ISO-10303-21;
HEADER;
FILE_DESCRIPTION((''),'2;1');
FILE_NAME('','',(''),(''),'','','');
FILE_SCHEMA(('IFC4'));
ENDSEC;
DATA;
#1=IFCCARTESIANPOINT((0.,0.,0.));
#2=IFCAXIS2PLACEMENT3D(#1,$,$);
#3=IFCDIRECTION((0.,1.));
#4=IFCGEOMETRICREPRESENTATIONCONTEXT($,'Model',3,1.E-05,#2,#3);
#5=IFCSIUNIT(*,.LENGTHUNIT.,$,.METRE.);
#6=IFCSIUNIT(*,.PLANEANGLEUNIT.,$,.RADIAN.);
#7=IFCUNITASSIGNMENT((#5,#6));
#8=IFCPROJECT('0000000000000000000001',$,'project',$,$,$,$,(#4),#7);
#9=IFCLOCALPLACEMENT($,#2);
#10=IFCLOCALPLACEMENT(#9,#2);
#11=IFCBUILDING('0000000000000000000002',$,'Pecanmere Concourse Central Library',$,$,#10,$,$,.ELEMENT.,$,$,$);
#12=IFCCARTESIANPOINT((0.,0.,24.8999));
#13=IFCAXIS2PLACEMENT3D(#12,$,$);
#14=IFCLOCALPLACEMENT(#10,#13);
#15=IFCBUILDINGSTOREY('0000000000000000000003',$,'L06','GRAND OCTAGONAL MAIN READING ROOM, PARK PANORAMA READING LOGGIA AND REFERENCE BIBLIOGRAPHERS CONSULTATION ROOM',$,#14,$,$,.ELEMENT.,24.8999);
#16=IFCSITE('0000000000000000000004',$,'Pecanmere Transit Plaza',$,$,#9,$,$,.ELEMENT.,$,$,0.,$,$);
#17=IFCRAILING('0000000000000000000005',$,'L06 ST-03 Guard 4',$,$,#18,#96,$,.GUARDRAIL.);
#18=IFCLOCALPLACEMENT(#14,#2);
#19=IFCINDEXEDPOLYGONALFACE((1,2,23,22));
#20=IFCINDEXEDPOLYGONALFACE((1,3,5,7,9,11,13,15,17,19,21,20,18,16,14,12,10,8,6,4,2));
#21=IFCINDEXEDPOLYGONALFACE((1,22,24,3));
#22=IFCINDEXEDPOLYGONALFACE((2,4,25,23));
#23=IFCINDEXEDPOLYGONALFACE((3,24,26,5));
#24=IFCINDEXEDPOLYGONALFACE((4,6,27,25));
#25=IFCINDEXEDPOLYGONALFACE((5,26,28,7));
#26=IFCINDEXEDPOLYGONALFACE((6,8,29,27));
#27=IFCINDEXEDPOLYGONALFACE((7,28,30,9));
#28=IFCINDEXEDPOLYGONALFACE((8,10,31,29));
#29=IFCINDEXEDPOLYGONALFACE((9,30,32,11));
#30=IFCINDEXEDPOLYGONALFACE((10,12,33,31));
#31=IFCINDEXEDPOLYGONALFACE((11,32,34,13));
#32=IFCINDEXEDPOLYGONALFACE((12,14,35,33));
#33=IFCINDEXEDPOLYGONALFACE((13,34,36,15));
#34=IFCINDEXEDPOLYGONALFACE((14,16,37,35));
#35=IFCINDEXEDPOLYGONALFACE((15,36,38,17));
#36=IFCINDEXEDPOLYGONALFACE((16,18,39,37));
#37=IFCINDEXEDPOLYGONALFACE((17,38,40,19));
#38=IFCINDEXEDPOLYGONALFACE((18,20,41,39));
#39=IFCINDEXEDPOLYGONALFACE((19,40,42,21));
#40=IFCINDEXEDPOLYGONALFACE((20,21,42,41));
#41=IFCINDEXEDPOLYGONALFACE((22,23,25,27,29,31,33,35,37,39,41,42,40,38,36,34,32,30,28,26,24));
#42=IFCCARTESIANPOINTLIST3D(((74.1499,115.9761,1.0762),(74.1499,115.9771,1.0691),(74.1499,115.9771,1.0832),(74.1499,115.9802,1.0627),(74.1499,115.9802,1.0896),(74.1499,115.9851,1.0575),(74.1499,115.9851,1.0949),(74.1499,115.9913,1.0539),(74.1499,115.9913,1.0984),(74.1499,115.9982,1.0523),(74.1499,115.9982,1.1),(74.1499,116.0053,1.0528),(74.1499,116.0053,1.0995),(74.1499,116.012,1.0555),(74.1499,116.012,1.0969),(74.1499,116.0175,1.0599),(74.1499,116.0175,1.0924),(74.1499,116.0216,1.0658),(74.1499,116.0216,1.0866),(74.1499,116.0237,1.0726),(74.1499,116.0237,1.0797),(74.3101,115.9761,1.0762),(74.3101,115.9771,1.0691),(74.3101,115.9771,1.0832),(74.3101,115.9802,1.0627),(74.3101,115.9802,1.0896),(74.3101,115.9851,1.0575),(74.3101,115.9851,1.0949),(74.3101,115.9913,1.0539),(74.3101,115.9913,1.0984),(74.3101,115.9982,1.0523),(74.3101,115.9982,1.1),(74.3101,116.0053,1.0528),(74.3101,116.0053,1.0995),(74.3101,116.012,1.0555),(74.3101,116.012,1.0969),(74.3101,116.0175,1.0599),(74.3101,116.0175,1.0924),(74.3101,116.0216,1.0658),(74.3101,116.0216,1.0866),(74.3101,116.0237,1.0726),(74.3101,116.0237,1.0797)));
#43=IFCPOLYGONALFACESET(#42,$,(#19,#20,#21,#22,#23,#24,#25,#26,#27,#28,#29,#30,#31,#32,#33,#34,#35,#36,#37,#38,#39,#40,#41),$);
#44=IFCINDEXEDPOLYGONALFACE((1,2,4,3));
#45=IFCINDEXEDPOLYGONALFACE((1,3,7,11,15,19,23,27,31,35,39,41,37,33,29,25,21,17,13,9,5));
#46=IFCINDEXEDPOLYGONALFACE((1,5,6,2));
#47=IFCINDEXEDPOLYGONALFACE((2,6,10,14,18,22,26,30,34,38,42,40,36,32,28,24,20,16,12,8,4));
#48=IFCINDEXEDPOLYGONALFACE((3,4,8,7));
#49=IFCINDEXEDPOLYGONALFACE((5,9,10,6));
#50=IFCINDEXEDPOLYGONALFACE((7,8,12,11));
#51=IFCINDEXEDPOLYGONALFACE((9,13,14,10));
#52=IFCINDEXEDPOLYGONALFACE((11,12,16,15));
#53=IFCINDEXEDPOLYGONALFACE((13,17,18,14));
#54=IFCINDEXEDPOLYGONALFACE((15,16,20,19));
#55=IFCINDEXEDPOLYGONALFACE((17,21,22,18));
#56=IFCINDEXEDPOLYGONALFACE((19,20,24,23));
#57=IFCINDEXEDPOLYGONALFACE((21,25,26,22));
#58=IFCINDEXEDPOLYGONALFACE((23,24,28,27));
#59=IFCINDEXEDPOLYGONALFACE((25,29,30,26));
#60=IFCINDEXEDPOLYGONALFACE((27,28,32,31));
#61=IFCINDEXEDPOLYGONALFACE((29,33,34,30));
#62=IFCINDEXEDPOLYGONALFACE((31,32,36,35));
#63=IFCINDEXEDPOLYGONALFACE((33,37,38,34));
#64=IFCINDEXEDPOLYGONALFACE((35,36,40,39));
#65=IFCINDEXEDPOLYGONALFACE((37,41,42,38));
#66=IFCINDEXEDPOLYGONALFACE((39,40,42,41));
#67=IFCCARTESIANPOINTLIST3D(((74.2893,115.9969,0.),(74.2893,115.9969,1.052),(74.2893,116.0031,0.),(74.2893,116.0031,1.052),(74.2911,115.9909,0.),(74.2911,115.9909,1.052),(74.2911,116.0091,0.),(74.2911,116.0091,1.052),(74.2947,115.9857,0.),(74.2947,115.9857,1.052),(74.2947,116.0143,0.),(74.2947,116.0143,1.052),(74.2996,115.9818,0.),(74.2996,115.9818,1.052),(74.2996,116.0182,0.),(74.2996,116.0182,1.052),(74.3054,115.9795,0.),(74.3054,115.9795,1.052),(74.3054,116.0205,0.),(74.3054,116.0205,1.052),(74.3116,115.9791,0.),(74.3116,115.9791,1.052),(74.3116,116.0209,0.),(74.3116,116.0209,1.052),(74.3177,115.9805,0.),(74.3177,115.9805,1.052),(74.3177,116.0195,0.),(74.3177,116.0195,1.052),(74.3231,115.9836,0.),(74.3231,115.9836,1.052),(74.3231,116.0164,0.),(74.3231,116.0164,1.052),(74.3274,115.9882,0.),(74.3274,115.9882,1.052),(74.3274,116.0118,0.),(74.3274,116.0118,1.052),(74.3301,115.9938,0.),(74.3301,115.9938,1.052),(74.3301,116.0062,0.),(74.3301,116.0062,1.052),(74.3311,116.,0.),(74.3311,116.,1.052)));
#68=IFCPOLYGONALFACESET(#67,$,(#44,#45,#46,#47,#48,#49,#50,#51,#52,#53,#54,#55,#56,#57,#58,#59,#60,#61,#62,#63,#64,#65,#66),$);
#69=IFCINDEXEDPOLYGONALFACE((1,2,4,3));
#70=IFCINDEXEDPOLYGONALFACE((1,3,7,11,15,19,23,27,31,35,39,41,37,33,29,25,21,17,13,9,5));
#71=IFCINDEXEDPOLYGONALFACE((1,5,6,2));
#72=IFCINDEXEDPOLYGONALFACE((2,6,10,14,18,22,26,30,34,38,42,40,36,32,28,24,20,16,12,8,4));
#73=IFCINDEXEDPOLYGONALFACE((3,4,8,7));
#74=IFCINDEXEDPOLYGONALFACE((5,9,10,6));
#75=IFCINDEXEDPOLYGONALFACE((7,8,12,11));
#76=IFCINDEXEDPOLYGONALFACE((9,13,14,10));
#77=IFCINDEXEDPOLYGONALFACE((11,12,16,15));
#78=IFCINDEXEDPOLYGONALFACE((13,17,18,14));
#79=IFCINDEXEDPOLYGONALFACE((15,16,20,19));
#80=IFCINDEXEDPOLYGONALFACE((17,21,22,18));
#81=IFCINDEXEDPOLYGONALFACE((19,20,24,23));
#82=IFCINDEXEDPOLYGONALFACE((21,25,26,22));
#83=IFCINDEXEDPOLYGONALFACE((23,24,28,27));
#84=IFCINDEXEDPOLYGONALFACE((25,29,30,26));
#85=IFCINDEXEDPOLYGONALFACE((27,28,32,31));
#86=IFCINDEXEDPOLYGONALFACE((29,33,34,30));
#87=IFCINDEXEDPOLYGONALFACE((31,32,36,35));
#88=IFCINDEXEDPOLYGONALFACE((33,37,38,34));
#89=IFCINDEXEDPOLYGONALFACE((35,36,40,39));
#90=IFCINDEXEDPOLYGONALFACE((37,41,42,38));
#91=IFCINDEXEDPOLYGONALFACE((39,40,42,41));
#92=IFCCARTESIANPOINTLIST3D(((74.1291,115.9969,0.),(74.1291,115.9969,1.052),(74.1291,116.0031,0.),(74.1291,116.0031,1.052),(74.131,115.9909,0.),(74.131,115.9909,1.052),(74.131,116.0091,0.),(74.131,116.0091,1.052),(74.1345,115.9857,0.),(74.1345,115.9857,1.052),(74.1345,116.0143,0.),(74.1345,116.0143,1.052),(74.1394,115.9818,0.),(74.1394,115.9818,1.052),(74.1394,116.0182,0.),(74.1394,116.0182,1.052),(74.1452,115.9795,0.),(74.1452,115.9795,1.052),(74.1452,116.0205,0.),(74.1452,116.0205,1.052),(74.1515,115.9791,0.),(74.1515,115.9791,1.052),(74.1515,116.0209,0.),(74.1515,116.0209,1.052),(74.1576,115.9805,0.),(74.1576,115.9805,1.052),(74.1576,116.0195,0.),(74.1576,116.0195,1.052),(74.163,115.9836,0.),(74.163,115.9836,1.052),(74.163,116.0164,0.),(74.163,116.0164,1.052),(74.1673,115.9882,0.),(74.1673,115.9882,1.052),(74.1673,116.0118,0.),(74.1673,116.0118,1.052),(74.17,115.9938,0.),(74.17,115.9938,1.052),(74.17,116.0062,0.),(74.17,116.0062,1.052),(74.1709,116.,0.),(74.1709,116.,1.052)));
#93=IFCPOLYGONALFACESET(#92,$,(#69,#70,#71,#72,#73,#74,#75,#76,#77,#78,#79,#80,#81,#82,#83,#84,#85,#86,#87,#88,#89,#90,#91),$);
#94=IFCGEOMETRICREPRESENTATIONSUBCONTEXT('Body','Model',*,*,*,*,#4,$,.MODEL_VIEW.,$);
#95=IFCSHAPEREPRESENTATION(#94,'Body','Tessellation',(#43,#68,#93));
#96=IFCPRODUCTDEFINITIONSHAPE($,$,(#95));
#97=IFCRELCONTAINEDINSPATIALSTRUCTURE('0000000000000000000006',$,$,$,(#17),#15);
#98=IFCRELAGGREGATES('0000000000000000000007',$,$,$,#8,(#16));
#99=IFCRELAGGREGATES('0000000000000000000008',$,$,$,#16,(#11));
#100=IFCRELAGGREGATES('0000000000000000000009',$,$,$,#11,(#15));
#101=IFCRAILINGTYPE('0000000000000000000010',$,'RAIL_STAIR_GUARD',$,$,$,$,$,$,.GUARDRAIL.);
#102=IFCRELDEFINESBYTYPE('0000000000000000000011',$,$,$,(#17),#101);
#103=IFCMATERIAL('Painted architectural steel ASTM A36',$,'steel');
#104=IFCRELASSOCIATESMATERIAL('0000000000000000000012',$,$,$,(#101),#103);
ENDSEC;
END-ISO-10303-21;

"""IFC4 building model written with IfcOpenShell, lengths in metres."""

from ifc_helpers import new_model, si_unit, direction, frame, origin, origin_2d, place, context, subcontext, project, spatial, circle, extrude, material, type_object, element, save


model = new_model("IFC4")

# Units and contexts
model_context = context("Model", 3, precision=1e-05, world=origin(), true_north=direction((0.0, 1.0)))
body_context = subcontext(model_context, "Body", "Model", "MODEL_VIEW")
ifc_project = project(units=[si_unit("LENGTHUNIT", "METRE"), si_unit("PLANEANGLEUNIT", "RADIAN")], contexts=[model_context])

# Site, building, storey
site_placement = place(None, origin())
site = spatial("IfcSite", under=ifc_project, at=site_placement, Name="Pecanmere Transit Plaza", CompositionType="ELEMENT", RefElevation=0.0)
building_placement = place(site_placement, origin())
building = spatial("IfcBuilding", under=site, at=building_placement, Name="Pecanmere Concourse Central Library", CompositionType="ELEMENT")
storey_placement = place(building_placement, frame((0.0, 0.0, 24.8999)))
storey = spatial("IfcBuildingStorey", under=building, at=storey_placement, Name="L06", Description="GRAND OCTAGONAL MAIN READING ROOM, PARK PANORAMA READING LOGGIA AND REFERENCE BIBLIOGRAPHERS CONSULTATION ROOM", CompositionType="ELEMENT", Elevation=24.8999)

# Railing
ifc_material_1 = material(Name="Painted architectural steel ASTM A36", Category="steel")
railing_type_1 = type_object("IfcRailingType", Name="RAIL_STAIR_GUARD", PredefinedType="GUARDRAIL", material=ifc_material_1)
railing_1_placement = place(storey_placement, frame((74.3101, 116.0, 0.0)))
element("IfcRailing", 1, at=railing_1_placement, inside=storey, type_object=railing_type_1, Name="L06 ST-03 Guard 4", PredefinedType="GUARDRAIL", context=body_context, shape_type="SweptSolid", body=[
    extrude(circle(Radius=0.0239, at=origin_2d()), frame((0.0, 0.0, 1.0762), z_axis=(-1.0, 0.0, 0.0), x_axis=(0.0, -1.0, 0.0)), (0.0, 0.0, 1.0), 0.1602),
    extrude(circle(Radius=0.021, at=origin_2d()), origin(), (0.0, 0.0, 1.0), 1.052),
    extrude(circle(Radius=0.021, at=origin_2d()), frame((-0.1602, 0.0, 0.0)), (0.0, 0.0, 1.0), 1.052),
])

save(model, "model.ifc")
